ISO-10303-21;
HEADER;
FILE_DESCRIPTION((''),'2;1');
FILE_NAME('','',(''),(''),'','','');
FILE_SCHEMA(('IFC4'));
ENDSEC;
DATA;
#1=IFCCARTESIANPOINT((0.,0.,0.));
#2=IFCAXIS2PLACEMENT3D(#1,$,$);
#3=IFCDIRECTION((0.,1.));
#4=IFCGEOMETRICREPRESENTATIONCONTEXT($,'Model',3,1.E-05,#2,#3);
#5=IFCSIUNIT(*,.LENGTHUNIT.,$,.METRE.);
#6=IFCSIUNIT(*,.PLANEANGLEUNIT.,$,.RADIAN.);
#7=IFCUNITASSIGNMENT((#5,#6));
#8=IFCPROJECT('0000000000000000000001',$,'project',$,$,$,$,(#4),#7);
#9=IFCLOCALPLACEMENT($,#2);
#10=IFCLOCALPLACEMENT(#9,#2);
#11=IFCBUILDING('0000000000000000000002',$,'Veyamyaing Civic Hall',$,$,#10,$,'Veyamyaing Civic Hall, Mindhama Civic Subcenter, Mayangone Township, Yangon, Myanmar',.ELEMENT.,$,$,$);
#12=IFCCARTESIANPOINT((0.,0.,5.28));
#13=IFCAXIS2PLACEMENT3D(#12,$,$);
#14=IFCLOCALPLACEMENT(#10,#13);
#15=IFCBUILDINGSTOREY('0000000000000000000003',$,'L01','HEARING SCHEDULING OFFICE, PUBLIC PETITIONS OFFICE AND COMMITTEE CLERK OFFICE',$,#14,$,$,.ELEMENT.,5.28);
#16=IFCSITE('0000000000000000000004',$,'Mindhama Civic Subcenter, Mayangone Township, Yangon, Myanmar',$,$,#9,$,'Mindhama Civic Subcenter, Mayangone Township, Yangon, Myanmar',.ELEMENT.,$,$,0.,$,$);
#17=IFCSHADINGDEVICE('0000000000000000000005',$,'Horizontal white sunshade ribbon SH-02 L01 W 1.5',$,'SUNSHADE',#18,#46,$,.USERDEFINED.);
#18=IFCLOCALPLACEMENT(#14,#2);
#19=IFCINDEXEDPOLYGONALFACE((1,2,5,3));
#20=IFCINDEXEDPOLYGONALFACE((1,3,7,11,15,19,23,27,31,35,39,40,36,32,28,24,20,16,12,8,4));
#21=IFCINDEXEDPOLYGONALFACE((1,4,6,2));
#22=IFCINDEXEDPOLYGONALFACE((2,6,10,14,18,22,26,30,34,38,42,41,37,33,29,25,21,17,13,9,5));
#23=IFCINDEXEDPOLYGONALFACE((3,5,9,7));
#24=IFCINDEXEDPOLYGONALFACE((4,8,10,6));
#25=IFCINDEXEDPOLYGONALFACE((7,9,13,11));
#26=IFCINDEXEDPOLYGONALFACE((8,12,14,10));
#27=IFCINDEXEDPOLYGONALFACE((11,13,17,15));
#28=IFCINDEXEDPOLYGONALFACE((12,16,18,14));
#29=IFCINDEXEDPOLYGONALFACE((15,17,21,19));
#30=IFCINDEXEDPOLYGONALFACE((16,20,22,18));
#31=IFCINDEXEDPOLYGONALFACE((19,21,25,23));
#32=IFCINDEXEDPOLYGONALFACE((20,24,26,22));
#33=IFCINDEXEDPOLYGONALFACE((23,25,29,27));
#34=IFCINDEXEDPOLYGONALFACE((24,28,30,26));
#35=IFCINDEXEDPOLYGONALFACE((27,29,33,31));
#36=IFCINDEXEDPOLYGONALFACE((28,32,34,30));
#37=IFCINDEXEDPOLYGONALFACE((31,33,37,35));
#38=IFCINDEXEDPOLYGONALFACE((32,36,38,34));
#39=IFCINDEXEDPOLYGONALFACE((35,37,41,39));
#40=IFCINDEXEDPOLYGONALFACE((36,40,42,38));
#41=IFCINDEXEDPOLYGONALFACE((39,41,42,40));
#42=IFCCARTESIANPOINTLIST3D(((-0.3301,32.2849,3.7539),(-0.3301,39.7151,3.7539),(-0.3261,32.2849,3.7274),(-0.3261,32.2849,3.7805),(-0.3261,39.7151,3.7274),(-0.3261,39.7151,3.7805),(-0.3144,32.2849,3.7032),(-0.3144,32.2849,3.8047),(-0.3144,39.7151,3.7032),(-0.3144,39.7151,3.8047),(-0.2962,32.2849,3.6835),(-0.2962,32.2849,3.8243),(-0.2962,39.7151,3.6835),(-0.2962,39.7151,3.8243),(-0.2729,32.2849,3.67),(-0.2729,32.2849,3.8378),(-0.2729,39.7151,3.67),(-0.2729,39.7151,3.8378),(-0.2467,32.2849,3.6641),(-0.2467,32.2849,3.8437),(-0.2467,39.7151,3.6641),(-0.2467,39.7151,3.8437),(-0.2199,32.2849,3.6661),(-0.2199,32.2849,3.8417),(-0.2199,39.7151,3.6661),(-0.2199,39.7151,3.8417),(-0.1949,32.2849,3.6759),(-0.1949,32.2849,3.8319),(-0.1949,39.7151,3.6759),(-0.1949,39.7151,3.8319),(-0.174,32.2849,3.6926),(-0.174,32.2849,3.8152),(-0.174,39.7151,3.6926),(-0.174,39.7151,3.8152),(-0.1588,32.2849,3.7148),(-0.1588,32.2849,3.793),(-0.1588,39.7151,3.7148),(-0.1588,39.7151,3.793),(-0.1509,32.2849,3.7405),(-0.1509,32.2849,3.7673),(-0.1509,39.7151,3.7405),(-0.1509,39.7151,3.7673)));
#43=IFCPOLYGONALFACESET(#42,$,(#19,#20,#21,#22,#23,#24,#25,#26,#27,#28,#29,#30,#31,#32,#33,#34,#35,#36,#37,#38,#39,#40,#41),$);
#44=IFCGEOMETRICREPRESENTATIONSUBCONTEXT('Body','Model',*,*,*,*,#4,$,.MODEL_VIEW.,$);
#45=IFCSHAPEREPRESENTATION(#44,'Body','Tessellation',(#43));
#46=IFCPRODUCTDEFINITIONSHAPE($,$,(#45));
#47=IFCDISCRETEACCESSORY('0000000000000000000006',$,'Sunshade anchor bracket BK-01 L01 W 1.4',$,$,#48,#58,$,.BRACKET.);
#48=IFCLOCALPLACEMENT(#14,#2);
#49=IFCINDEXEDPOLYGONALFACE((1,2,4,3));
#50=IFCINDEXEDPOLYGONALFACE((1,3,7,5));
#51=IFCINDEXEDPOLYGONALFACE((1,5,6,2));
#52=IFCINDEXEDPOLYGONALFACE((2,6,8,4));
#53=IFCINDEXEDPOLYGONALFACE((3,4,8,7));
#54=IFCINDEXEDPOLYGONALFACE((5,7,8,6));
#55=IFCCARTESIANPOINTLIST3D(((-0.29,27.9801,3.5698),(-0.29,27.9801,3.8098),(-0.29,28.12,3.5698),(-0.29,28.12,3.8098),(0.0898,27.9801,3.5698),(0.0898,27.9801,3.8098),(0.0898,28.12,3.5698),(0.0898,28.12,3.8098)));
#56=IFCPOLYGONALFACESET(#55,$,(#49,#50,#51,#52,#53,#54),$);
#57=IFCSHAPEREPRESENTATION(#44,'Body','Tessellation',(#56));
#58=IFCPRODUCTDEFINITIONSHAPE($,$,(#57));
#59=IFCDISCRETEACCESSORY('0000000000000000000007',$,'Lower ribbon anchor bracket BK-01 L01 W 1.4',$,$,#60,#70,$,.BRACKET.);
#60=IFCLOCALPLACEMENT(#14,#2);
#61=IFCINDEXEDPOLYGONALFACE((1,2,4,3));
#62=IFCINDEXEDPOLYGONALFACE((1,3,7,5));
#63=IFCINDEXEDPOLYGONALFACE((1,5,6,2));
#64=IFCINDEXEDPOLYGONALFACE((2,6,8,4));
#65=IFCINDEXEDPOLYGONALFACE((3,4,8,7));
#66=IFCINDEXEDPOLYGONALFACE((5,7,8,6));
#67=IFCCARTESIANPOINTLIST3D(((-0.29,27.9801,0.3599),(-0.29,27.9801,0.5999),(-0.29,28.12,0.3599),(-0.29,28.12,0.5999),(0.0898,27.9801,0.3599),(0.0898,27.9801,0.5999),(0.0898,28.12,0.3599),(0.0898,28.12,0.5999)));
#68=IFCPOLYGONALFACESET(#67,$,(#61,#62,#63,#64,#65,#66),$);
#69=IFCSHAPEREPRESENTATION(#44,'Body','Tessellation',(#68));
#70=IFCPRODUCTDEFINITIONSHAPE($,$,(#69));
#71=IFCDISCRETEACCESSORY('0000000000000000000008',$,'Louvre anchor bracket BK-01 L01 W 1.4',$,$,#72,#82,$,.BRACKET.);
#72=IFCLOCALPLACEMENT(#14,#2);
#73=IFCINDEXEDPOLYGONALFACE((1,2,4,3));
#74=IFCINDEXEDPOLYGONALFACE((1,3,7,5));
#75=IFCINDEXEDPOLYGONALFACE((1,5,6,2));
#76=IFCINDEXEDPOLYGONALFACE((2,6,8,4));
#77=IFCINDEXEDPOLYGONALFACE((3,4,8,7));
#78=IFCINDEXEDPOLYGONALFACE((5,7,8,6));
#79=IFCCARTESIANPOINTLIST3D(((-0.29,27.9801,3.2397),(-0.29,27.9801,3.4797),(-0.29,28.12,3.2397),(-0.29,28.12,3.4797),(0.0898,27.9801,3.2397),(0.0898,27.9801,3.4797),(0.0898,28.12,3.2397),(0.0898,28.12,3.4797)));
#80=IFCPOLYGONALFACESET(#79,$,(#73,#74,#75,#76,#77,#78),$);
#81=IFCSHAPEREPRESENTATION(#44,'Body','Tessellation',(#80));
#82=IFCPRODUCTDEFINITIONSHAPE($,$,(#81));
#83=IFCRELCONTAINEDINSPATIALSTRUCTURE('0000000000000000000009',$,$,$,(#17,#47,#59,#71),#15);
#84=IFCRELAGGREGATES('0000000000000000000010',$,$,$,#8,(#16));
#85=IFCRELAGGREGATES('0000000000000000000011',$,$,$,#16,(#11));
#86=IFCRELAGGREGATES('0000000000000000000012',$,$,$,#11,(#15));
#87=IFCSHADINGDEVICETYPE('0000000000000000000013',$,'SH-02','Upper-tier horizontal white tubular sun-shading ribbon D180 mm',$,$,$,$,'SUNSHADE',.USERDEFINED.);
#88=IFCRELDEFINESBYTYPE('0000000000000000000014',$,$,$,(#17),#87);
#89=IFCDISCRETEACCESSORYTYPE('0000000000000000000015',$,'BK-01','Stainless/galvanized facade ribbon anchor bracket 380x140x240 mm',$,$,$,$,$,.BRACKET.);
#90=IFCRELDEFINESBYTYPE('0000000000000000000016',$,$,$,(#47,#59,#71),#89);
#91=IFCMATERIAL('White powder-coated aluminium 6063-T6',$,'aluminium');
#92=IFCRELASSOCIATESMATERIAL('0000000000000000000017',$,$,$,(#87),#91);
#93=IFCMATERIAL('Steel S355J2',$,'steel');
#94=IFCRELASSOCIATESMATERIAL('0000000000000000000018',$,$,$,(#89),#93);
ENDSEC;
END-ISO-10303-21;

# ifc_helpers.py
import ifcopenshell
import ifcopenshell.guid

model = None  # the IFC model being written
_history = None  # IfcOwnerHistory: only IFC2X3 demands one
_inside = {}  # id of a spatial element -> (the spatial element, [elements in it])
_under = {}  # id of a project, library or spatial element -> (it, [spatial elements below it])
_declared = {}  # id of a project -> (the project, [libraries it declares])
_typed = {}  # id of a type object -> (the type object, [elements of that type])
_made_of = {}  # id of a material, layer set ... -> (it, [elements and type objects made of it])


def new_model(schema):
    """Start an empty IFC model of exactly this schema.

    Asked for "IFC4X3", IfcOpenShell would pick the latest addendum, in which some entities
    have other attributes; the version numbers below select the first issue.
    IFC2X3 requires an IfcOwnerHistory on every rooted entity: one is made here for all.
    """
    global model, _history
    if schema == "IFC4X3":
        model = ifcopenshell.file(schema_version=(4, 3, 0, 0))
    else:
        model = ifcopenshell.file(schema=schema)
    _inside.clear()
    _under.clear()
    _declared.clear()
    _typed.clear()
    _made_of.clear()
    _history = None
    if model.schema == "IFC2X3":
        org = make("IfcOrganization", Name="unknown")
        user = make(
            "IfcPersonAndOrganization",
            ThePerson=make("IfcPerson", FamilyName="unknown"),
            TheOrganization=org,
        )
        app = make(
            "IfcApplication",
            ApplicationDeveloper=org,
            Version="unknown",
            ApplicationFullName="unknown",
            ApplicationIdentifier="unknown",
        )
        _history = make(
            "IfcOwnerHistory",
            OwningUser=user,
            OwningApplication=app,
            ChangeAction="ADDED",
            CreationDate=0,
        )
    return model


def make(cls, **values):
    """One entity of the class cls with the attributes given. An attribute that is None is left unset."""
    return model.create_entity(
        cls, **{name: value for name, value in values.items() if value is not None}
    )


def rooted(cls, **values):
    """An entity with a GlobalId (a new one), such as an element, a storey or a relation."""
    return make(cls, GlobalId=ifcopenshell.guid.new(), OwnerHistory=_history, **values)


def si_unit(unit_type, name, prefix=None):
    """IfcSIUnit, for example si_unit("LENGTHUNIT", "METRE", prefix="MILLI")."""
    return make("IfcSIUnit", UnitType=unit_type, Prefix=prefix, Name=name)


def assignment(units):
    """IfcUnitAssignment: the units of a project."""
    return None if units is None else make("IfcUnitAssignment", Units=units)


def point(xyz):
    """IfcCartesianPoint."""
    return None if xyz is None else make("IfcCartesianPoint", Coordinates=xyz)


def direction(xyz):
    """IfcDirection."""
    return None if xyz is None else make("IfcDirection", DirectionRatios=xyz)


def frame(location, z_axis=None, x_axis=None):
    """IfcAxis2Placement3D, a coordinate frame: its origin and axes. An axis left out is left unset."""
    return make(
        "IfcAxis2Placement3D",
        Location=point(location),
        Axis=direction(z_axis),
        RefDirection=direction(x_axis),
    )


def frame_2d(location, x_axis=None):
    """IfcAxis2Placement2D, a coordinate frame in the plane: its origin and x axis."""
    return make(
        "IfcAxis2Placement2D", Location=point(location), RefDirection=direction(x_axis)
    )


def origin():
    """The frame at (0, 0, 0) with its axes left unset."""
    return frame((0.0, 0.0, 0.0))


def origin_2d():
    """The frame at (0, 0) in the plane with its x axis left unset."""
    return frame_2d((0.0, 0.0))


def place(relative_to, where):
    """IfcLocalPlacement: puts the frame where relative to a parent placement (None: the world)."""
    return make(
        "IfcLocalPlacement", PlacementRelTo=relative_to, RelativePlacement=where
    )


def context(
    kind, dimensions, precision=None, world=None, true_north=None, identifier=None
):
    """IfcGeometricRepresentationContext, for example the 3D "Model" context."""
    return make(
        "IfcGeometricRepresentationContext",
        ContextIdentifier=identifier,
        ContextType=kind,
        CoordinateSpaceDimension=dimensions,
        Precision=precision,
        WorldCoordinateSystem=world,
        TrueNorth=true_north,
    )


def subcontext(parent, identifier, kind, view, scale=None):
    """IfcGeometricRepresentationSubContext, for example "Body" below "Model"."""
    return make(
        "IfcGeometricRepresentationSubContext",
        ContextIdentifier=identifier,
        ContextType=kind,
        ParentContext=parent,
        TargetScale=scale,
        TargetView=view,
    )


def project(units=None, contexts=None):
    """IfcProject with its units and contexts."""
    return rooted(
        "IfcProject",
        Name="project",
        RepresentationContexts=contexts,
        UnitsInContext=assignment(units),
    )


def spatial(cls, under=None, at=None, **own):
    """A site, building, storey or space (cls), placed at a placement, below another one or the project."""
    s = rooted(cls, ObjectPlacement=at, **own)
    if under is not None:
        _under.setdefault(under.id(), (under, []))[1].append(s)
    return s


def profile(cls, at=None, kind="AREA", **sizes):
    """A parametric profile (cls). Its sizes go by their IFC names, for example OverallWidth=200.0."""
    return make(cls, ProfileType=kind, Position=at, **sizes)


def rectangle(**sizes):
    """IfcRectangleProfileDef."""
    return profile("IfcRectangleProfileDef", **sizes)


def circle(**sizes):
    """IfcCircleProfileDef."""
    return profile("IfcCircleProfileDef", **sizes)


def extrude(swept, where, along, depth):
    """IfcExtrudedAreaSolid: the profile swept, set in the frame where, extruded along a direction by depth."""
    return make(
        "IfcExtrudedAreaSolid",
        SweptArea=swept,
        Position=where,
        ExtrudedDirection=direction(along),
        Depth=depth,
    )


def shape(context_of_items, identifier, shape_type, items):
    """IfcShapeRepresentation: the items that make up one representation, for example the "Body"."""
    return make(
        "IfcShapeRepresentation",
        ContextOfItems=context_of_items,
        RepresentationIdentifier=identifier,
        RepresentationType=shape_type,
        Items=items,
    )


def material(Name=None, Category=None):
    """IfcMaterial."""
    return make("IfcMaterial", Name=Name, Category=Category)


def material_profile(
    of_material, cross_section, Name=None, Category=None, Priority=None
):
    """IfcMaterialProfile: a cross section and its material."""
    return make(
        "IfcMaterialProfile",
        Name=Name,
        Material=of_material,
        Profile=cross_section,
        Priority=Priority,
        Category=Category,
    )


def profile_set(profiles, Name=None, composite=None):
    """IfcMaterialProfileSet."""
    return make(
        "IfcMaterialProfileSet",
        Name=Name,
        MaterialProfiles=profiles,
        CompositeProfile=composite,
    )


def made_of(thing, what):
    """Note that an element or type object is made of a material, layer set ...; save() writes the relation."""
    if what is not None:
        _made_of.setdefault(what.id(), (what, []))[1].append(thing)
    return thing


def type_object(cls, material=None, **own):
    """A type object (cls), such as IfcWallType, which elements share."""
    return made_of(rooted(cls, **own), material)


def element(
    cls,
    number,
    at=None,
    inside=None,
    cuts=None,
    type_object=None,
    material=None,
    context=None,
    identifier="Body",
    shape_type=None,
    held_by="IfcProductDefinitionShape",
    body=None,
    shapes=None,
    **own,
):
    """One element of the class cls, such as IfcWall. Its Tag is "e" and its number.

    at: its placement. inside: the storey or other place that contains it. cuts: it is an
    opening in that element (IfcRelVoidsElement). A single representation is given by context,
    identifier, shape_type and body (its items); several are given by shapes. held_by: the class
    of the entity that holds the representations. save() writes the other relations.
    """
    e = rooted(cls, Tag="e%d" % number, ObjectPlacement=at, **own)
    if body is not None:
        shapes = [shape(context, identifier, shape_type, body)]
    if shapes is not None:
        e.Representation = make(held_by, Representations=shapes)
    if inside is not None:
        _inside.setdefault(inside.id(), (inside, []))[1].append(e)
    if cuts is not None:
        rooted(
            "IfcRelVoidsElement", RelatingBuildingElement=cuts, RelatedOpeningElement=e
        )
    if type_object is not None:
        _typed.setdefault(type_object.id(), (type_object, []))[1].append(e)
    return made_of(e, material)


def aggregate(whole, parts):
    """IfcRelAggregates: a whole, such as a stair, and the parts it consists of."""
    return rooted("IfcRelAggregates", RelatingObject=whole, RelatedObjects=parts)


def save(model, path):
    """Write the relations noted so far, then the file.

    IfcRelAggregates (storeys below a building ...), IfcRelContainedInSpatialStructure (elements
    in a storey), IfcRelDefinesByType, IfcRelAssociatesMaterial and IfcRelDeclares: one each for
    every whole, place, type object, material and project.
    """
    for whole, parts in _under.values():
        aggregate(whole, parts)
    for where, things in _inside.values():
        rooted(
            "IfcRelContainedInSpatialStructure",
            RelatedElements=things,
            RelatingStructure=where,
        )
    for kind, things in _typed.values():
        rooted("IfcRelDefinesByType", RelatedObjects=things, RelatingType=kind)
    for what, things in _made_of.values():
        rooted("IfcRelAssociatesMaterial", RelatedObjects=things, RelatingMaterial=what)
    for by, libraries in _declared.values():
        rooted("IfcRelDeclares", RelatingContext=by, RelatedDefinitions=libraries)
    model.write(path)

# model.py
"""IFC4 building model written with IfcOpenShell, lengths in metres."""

from ifc_helpers import new_model, si_unit, direction, frame, origin, origin_2d, place, context, subcontext, project, spatial, rectangle, circle, extrude, material, material_profile, profile_set, type_object, element, save


model = new_model("IFC4")

# Units and contexts
model_context = context("Model", 3, precision=1e-05, world=origin(), true_north=direction((0.0, 1.0)))
body_context = subcontext(model_context, "Body", "Model", "MODEL_VIEW")
ifc_project = project(units=[si_unit("LENGTHUNIT", "METRE"), si_unit("PLANEANGLEUNIT", "RADIAN")], contexts=[model_context])

# Site, building, storey
site_placement = place(None, origin())
site = spatial("IfcSite", under=ifc_project, at=site_placement, Name="Mindhama Civic Subcenter, Mayangone Township, Yangon, Myanmar", LongName="Mindhama Civic Subcenter, Mayangone Township, Yangon, Myanmar", CompositionType="ELEMENT", RefElevation=0.0)
building_placement = place(site_placement, origin())
building = spatial("IfcBuilding", under=site, at=building_placement, Name="Veyamyaing Civic Hall", LongName="Veyamyaing Civic Hall, Mindhama Civic Subcenter, Mayangone Township, Yangon, Myanmar", CompositionType="ELEMENT")
storey_placement = place(building_placement, frame((0.0, 0.0, 5.28)))
storey = spatial("IfcBuildingStorey", under=building, at=storey_placement, Name="L01", Description="HEARING SCHEDULING OFFICE, PUBLIC PETITIONS OFFICE AND COMMITTEE CLERK OFFICE", CompositionType="ELEMENT", Elevation=5.28)

# Shading device
ifc_material_1 = material(Name="White powder-coated aluminium 6063-T6", Category="aluminium")
ifc_material_profile_1 = material_profile(ifc_material_1, circle(Radius=0.0901, at=origin_2d()), Name="SHADE-TUBE-180")
ifc_profile_set_1 = profile_set([ifc_material_profile_1], Name="White powder-coated aluminium 6063-T6")
shading_device_type = type_object("IfcShadingDeviceType", Name="SH-02", Description="Upper-tier horizontal white tubular sun-shading ribbon D180 mm", ElementType="SUNSHADE", PredefinedType="USERDEFINED", material=ifc_profile_set_1)
shading_device_placement = place(storey_placement, frame((-0.24, 32.2849, 3.7539), z_axis=(0.0, 1.0, 0.0), x_axis=(-1.0, 0.0, 0.0)))
element("IfcShadingDevice", 1, at=shading_device_placement, inside=storey, type_object=shading_device_type, Name="Horizontal white sunshade ribbon SH-02 L01 W 1.5", ObjectType="SUNSHADE", PredefinedType="USERDEFINED", context=body_context, shape_type="SweptSolid", body=[
    extrude(circle(Radius=0.0901, at=origin_2d()), origin(), (0.0, 0.0, 1.0), 7.4302),
])

# Discrete accessories
ifc_material_2 = material(Name="Steel S355J2", Category="steel")
discrete_accessory_type = type_object("IfcDiscreteAccessoryType", Name="BK-01", Description="Stainless/galvanized facade ribbon anchor bracket 380x140x240 mm", PredefinedType="BRACKET", material=ifc_material_2)
for number, where, z_axis, x_axis, name in (
    (2, (-0.1001, 28.05, 3.5698), (0.0, 0.0, 1.0), (-1.0, 0.0, 0.0), "Sunshade anchor bracket BK-01 L01 W 1.4"),
    (3, (-0.1001, 28.05, 0.3599), (0.0, 0.0, 1.0), (-1.0, 0.0, 0.0), "Lower ribbon anchor bracket BK-01 L01 W 1.4"),
    (4, (-0.1001, 28.05, 3.2397), (0.0, 0.0, 1.0), (-1.0, 0.0, 0.0), "Louvre anchor bracket BK-01 L01 W 1.4"),
):
    element("IfcDiscreteAccessory", number, at=place(storey_placement, frame(where, z_axis=z_axis, x_axis=x_axis)), inside=storey, type_object=discrete_accessory_type, Name=name, PredefinedType="BRACKET", context=body_context, shape_type="SweptSolid", body=[
        extrude(rectangle(XDim=0.3799, YDim=0.1399, at=origin_2d()), origin(), (0.0, 0.0, 1.0), 0.24),
    ])

save(model, "model.ifc")
